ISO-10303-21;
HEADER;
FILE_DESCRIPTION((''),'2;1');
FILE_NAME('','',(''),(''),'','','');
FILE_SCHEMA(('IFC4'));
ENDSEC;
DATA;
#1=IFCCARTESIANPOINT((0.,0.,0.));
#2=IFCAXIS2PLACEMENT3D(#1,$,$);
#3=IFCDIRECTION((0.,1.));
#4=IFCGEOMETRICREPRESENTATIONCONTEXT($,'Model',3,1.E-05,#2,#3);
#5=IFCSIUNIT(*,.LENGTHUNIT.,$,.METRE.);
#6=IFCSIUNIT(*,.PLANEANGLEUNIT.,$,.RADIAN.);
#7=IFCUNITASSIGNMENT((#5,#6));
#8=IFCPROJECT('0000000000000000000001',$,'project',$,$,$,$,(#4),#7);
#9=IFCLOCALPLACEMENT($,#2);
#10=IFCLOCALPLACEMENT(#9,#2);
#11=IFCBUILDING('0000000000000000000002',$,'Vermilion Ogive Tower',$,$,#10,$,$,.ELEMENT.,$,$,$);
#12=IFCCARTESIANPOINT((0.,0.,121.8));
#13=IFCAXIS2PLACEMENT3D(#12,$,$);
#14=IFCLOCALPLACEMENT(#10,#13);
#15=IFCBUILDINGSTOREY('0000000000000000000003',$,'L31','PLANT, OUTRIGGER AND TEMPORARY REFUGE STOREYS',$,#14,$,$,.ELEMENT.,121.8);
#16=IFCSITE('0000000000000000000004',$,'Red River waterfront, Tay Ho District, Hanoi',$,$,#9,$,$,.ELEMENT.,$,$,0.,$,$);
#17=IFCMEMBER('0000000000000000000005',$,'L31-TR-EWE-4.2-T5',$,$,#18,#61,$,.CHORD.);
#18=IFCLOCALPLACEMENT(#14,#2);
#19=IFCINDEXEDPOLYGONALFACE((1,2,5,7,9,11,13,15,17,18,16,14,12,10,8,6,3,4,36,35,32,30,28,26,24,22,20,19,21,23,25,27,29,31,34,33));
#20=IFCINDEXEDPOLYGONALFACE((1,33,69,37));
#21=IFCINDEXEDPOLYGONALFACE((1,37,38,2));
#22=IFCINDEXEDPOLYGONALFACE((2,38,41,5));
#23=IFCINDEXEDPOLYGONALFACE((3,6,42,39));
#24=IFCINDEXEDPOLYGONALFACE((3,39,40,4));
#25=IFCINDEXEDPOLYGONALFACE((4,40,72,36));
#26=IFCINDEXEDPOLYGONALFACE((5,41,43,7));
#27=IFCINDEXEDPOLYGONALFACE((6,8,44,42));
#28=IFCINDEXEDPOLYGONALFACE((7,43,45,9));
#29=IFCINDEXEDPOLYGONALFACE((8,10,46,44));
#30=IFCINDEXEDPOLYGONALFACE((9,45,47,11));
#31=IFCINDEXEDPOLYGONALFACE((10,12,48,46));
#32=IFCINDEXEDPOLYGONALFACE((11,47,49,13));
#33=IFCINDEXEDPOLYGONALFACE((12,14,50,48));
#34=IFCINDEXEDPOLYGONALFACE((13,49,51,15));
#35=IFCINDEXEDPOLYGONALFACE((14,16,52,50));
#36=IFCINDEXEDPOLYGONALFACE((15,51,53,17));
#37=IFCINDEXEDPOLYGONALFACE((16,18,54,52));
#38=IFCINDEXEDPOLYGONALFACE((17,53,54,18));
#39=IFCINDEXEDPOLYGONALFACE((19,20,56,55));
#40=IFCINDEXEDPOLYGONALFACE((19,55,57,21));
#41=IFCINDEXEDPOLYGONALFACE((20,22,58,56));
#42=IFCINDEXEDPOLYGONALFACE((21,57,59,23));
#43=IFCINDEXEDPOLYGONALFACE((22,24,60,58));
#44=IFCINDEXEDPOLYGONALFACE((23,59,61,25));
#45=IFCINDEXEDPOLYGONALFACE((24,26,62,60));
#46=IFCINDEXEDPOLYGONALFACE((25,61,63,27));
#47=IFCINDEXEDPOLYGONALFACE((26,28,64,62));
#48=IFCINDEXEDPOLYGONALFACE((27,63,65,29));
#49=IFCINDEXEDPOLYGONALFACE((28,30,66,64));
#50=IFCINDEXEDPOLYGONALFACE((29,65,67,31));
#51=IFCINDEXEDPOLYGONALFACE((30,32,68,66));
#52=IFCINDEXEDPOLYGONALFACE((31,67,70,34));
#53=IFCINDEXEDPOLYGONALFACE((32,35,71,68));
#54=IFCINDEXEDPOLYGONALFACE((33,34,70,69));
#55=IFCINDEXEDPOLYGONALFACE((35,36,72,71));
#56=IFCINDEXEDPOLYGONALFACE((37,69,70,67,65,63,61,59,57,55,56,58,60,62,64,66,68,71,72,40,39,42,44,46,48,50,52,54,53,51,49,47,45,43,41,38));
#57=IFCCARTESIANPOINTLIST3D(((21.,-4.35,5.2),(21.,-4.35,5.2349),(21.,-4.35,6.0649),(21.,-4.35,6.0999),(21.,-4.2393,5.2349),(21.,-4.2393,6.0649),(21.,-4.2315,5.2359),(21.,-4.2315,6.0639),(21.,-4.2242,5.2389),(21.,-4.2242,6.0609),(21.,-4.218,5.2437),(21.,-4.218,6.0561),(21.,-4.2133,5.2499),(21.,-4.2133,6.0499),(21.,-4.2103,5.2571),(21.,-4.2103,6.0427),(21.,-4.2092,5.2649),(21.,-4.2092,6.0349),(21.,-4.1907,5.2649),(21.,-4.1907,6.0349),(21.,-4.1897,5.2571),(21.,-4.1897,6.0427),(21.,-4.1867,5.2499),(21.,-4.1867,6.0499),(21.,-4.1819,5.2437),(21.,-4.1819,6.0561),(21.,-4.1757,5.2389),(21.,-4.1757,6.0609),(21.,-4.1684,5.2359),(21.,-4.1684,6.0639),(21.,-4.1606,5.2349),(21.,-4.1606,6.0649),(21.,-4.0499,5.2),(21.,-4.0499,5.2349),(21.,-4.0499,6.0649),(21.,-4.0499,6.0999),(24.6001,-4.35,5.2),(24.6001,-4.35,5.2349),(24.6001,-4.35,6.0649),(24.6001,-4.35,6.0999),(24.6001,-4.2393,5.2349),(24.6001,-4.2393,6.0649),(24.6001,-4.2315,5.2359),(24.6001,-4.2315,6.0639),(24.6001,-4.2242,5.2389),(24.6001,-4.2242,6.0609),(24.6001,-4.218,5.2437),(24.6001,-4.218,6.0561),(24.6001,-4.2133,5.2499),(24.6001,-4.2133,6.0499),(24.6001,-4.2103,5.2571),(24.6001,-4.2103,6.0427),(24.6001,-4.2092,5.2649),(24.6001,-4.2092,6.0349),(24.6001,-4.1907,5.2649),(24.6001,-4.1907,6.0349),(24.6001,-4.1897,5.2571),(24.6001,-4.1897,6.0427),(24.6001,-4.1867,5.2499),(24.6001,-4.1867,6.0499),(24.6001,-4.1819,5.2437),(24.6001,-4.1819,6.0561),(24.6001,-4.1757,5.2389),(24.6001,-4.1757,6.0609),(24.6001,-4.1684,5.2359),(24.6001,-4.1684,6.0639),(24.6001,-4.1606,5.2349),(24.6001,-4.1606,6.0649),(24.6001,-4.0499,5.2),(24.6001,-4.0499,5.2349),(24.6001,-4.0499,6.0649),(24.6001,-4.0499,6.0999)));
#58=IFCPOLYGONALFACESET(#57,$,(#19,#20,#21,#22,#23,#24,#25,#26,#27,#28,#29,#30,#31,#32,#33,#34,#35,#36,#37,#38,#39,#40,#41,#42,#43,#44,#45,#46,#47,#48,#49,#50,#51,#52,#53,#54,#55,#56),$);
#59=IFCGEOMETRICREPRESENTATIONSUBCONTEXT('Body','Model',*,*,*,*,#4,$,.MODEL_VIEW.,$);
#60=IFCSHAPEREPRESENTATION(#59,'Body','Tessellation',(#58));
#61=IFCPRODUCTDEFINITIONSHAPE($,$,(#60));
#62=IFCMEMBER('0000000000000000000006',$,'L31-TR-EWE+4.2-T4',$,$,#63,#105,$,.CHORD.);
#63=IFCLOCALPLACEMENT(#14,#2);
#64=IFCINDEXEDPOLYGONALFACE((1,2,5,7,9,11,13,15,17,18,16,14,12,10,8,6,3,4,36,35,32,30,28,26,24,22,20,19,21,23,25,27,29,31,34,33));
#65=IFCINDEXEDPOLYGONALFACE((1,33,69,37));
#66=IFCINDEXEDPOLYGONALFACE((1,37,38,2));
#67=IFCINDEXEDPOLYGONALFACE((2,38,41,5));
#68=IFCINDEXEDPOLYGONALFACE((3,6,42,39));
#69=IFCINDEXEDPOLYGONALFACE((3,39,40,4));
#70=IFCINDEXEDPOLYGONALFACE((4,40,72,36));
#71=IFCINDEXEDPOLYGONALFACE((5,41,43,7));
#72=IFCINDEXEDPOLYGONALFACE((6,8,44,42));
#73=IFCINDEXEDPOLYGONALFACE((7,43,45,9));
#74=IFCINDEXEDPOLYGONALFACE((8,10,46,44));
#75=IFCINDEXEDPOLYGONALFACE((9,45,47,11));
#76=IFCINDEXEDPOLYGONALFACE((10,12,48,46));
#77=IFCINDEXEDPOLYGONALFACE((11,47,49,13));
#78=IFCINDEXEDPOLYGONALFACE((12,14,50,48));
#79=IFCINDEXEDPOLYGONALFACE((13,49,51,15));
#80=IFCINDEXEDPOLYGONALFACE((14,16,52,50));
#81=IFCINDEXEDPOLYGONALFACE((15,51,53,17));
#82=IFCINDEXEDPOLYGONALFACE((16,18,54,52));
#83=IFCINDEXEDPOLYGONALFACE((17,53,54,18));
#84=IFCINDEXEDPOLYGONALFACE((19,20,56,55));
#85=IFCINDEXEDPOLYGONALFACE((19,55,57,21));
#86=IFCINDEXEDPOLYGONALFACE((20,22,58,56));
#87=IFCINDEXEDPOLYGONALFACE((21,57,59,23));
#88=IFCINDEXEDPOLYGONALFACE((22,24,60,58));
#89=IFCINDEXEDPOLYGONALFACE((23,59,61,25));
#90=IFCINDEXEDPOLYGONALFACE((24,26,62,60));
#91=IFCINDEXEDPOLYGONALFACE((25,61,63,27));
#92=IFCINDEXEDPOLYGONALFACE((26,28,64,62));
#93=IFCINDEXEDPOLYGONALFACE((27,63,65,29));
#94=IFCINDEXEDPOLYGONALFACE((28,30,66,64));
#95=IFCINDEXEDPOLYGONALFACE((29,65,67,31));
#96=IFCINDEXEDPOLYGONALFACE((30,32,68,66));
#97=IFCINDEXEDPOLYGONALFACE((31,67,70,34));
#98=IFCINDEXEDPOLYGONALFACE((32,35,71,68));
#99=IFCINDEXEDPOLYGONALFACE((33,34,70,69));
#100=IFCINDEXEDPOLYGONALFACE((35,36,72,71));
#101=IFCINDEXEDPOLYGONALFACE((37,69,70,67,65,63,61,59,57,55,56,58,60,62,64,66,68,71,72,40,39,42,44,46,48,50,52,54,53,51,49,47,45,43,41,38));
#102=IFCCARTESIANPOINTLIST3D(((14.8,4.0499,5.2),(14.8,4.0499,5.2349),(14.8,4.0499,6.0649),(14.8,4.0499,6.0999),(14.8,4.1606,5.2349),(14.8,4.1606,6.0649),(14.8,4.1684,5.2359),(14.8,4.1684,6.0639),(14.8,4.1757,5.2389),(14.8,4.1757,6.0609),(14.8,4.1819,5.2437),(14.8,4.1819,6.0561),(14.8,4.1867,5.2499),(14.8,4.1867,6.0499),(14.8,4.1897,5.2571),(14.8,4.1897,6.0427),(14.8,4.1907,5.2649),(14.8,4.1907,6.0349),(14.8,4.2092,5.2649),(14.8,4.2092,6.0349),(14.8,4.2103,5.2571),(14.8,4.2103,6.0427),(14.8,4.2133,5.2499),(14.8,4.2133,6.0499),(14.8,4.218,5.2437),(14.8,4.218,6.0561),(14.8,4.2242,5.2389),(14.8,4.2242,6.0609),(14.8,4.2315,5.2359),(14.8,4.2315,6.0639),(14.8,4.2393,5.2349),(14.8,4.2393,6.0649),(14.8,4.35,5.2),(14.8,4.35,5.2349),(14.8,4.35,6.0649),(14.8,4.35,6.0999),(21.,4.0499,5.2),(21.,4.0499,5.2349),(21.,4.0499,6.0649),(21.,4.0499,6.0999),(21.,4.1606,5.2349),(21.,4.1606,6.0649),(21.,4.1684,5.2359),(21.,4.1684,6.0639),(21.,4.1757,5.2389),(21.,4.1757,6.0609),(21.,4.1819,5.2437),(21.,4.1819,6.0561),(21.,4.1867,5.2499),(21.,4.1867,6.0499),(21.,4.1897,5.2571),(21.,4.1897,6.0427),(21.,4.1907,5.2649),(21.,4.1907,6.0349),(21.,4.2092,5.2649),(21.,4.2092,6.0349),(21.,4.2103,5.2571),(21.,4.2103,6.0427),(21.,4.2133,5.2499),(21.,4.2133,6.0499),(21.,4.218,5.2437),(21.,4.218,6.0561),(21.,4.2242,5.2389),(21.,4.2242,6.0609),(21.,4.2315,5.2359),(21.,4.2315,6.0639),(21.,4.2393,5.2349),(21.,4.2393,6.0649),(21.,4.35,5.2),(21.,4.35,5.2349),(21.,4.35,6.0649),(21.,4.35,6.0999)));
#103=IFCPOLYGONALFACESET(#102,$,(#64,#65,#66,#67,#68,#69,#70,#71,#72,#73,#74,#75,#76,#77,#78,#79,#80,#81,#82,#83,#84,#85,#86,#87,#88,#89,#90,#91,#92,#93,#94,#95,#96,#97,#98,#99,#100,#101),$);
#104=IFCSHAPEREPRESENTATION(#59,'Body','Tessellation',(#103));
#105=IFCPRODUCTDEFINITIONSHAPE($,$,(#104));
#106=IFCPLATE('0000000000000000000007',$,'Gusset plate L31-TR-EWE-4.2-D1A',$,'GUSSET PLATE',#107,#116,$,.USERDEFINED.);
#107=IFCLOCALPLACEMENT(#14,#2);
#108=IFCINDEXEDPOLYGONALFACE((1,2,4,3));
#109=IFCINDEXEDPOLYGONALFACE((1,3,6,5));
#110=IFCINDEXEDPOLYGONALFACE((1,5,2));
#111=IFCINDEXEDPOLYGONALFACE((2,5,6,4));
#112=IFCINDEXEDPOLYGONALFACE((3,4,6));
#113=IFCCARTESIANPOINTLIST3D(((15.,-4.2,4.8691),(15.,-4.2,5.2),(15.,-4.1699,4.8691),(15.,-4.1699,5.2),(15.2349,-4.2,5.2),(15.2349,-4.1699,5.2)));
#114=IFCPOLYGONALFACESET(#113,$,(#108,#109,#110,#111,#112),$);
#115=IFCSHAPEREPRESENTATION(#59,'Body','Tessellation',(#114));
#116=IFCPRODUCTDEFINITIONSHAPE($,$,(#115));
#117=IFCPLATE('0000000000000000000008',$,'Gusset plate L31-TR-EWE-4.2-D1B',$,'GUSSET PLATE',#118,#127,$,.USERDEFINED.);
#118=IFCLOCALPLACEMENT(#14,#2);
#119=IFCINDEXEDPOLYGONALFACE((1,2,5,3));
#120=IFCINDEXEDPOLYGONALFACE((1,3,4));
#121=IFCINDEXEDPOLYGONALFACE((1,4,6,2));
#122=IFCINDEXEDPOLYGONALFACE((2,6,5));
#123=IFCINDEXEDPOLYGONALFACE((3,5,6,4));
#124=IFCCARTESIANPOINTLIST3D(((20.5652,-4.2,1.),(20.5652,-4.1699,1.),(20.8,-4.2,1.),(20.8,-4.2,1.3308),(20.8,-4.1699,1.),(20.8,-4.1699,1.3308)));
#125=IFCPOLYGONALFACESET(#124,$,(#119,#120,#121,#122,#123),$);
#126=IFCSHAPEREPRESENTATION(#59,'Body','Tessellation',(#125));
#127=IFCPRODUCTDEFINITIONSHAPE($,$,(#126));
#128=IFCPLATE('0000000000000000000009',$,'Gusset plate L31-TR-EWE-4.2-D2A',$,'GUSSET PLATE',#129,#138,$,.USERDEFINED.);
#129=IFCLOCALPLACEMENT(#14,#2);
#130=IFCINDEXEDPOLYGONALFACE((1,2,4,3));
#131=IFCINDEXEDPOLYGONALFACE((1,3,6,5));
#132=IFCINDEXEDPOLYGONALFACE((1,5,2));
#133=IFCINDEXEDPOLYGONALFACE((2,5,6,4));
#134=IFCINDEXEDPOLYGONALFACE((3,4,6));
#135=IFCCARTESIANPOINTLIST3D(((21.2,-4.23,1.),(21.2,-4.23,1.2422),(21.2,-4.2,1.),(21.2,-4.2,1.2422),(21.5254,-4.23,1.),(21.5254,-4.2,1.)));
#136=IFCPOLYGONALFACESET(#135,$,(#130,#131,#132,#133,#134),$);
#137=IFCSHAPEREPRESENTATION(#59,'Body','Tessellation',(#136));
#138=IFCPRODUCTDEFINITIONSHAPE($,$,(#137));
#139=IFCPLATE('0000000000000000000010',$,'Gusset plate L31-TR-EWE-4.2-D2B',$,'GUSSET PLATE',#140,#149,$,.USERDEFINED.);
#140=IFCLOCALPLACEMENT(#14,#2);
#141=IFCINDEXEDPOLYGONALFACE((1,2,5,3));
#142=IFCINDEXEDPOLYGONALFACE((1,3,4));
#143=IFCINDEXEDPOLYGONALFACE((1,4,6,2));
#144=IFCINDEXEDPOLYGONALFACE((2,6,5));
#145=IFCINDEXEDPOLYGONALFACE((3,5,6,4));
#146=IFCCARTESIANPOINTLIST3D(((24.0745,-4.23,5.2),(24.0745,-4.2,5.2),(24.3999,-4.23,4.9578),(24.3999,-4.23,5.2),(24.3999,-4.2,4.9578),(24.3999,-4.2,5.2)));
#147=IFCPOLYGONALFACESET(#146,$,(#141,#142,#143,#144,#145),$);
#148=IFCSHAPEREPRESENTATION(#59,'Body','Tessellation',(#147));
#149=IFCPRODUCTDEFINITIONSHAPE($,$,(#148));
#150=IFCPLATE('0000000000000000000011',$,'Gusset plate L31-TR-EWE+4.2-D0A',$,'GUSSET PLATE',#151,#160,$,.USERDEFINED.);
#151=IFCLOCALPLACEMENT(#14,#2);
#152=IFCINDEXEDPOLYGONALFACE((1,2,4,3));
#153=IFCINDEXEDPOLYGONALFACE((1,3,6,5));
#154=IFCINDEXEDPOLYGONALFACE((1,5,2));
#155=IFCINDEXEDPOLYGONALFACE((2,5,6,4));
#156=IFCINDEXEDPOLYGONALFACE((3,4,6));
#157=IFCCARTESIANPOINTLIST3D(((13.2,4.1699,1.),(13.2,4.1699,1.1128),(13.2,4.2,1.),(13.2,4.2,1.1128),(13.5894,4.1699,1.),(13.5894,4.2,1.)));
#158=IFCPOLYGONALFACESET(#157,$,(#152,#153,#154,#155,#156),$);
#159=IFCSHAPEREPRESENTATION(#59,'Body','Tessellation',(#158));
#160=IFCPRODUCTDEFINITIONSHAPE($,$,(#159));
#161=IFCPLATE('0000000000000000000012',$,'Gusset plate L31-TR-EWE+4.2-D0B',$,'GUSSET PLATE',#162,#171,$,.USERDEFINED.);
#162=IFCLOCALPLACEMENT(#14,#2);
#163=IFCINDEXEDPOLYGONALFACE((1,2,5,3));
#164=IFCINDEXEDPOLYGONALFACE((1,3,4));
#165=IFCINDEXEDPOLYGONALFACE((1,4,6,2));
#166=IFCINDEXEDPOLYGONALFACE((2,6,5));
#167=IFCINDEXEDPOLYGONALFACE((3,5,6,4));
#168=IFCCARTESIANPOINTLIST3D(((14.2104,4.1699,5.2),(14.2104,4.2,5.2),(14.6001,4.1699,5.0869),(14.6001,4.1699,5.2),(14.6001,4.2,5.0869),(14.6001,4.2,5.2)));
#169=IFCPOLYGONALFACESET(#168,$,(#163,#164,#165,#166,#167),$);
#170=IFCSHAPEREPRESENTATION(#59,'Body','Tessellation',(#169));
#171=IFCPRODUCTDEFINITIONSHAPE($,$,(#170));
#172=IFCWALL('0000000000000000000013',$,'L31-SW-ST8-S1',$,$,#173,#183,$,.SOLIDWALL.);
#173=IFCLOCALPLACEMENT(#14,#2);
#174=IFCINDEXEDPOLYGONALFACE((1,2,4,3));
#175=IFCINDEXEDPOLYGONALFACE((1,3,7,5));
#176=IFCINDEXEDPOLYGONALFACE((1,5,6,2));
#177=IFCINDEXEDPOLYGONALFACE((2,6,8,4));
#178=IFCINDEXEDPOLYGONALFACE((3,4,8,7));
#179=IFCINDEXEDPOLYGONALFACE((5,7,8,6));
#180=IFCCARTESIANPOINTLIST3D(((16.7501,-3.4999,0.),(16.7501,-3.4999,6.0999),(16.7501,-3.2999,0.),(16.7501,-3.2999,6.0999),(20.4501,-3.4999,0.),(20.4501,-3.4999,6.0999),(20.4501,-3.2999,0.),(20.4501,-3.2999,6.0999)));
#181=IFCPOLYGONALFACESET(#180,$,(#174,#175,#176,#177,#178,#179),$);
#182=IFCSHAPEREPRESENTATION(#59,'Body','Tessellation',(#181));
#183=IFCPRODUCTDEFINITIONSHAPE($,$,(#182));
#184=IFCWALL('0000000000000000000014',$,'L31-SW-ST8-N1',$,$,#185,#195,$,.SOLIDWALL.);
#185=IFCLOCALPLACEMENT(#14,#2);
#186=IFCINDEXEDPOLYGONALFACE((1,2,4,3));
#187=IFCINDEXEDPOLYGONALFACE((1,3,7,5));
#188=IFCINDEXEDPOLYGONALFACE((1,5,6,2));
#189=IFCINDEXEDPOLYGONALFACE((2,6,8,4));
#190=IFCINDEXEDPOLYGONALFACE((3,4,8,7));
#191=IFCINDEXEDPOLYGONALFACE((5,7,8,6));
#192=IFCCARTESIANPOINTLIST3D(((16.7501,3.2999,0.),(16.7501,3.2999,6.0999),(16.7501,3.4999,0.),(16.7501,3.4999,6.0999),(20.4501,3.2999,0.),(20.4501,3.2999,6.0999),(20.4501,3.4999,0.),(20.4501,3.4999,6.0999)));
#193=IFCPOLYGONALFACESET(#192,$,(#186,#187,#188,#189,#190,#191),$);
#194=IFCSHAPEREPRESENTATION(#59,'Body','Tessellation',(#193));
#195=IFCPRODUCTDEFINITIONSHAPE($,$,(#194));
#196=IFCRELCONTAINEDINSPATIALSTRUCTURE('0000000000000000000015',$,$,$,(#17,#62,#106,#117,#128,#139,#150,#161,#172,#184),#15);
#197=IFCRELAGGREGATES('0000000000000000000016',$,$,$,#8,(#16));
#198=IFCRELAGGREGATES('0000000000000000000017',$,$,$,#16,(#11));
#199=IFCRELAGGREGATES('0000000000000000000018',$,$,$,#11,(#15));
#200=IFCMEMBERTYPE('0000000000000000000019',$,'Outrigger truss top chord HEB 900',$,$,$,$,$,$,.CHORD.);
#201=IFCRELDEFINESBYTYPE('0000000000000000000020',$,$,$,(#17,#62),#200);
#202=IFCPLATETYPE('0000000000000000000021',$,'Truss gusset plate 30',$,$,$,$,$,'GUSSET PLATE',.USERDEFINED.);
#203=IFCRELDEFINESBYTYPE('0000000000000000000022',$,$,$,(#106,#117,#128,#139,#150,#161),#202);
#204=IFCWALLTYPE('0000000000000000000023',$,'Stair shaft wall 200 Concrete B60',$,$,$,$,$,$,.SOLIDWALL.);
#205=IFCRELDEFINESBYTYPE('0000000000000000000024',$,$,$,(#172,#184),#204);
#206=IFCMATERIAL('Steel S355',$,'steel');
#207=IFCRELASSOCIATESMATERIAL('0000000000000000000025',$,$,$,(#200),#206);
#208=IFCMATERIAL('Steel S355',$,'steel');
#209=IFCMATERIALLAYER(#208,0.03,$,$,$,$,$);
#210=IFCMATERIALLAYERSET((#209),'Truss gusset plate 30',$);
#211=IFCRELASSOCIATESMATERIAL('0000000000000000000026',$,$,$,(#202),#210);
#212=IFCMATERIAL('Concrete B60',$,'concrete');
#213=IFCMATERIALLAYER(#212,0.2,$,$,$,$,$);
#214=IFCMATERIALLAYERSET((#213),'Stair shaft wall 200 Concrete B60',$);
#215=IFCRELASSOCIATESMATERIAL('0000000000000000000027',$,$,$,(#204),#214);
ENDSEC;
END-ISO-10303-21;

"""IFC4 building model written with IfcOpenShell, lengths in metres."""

from ifc_helpers import new_model, si_unit, direction, frame, frame_2d, origin, origin_2d, place, context, subcontext, project, spatial, polyline, rectangle, i_section, outline, extrude, material, layer, layer_set, material_profile, profile_set, type_object, element, save


model = new_model("IFC4")

# Units and contexts
model_context = context("Model", 3, precision=1e-05, world=origin(), true_north=direction((0.0, 1.0)))
body_context = subcontext(model_context, "Body", "Model", "MODEL_VIEW")
ifc_project = project(units=[si_unit("LENGTHUNIT", "METRE"), si_unit("PLANEANGLEUNIT", "RADIAN")], contexts=[model_context])

# Site, building, storey
site_placement = place(None, origin())
site = spatial("IfcSite", under=ifc_project, at=site_placement, Name="Red River waterfront, Tay Ho District, Hanoi", CompositionType="ELEMENT", RefElevation=0.0)
building_placement = place(site_placement, origin())
building = spatial("IfcBuilding", under=site, at=building_placement, Name="Vermilion Ogive Tower", CompositionType="ELEMENT")
storey_placement = place(building_placement, frame((0.0, 0.0, 121.8)))
storey = spatial("IfcBuildingStorey", under=building, at=storey_placement, Name="L31", Description="PLANT, OUTRIGGER AND TEMPORARY REFUGE STOREYS", CompositionType="ELEMENT", Elevation=121.8)

# Members
ifc_material_1 = material(Name="Steel S355", Category="steel")
ifc_material_profile_1 = material_profile(ifc_material_1, i_section(OverallWidth=0.3, OverallDepth=0.8999, WebThickness=0.0186, FlangeThickness=0.0349, FilletRadius=0.03, at=origin_2d()), Name="HEB 900")
ifc_profile_set_1 = profile_set([ifc_material_profile_1], Name="Steel S355")
member_type_1 = type_object("IfcMemberType", Name="Outrigger truss top chord HEB 900", PredefinedType="CHORD", material=ifc_profile_set_1)
member_1_placement = place(storey_placement, frame((21.0, -4.2, 5.6499), z_axis=(1.0, 0.0, 0.0), x_axis=(0.0, 1.0, 0.0)))
element("IfcMember", 1, at=member_1_placement, inside=storey, type_object=member_type_1, Name="L31-TR-EWE-4.2-T5", PredefinedType="CHORD", context=body_context, shape_type="SweptSolid", body=[
    extrude(i_section(OverallWidth=0.3, OverallDepth=0.8999, WebThickness=0.0186, FlangeThickness=0.0349, FilletRadius=0.03, at=origin_2d()), origin(), (0.0, 0.0, 1.0), 3.6001),
])
member_2_placement = place(storey_placement, frame((14.8, 4.2, 5.6499), z_axis=(1.0, 0.0, 0.0), x_axis=(0.0, 1.0, 0.0)))
element("IfcMember", 2, at=member_2_placement, inside=storey, type_object=member_type_1, Name="L31-TR-EWE+4.2-T4", PredefinedType="CHORD", context=body_context, shape_type="SweptSolid", body=[
    extrude(i_section(OverallWidth=0.3, OverallDepth=0.8999, WebThickness=0.0186, FlangeThickness=0.0349, FilletRadius=0.03, at=origin_2d()), origin(), (0.0, 0.0, 1.0), 6.2),
])

# Plates
ifc_material_2 = material(Name="Steel S355", Category="steel")
ifc_layer_1 = layer(ifc_material_2, 0.03)
ifc_layer_set_1 = layer_set([ifc_layer_1], Name="Truss gusset plate 30")
plate_type = type_object("IfcPlateType", Name="Truss gusset plate 30", ElementType="GUSSET PLATE", PredefinedType="USERDEFINED", material=ifc_layer_set_1)
for number, where, z_axis, x_axis, name in (
    (3, (15.0, -4.2, 4.8691), (0.0, -1.0, 0.0), (0.578902, 0.0, 0.815397), "Gusset plate L31-TR-EWE-4.2-D1A"),
    (4, (20.8, -4.2, 1.3308), (0.0, -1.0, 0.0), (-0.578902, 0.0, -0.815397), "Gusset plate L31-TR-EWE-4.2-D1B"),
):
    element("IfcPlate", number, at=place(storey_placement, frame(where, z_axis=z_axis, x_axis=x_axis)), inside=storey, type_object=plate_type, Name=name, ObjectType="GUSSET PLATE", PredefinedType="USERDEFINED", context=body_context, shape_type="SweptSolid", body=[
        extrude(outline(polyline([(0.0, 0.0), (0.4057, 0.0), (0.2697, 0.1915), (0.0, 0.0)])), origin(), (0.0, 0.0, -1.0), 0.03),
    ])
for number, where, z_axis, x_axis, name in (
    (5, (21.2, -4.2, 1.2422), (0.0, 1.0, 0.0), (0.802233, 0.0, -0.597011), "Gusset plate L31-TR-EWE-4.2-D2A"),
    (6, (24.3999, -4.2, 4.9578), (0.0, 1.0, 0.0), (-0.802233, 0.0, 0.597011), "Gusset plate L31-TR-EWE-4.2-D2B"),
):
    element("IfcPlate", number, at=place(storey_placement, frame(where, z_axis=z_axis, x_axis=x_axis)), inside=storey, type_object=plate_type, Name=name, ObjectType="GUSSET PLATE", PredefinedType="USERDEFINED", context=body_context, shape_type="SweptSolid", body=[
        extrude(outline(polyline([(0.0, 0.0), (0.4057, 0.0), (0.1446, 0.1943), (0.0, 0.0)])), origin(), (0.0, 0.0, -1.0), 0.03),
    ])
plate_1_placement = place(storey_placement, frame((13.2, 4.2, 1.1128), z_axis=(0.0, 1.0, 0.0), x_axis=(0.960518, 0.0, -0.278219)))
element("IfcPlate", 7, at=plate_1_placement, inside=storey, type_object=plate_type, Name="Gusset plate L31-TR-EWE+4.2-D0A", ObjectType="GUSSET PLATE", PredefinedType="USERDEFINED", context=body_context, shape_type="SweptSolid", body=[
    extrude(outline(polyline([(0.0, 0.0), (0.4054, 0.0), (0.0314, 0.1083), (0.0, 0.0)])), origin(), (0.0, 0.0, -1.0), 0.03),
])
plate_2_placement = place(storey_placement, frame((14.6001, 4.2, 5.0869), z_axis=(0.0, 1.0, 0.0), x_axis=(-0.960403, 0.0, 0.278613)))
element("IfcPlate", 8, at=plate_2_placement, inside=storey, type_object=plate_type, Name="Gusset plate L31-TR-EWE+4.2-D0B", ObjectType="GUSSET PLATE", PredefinedType="USERDEFINED", context=body_context, shape_type="SweptSolid", body=[
    extrude(outline(polyline([(0.0, 0.0), (0.4057, 0.0), (0.0315, 0.1086), (0.0, 0.0)])), origin(), (0.0, 0.0, -1.0), 0.03),
])

# Walls
ifc_material_3 = material(Name="Concrete B60", Category="concrete")
ifc_layer_2 = layer(ifc_material_3, 0.2)
ifc_layer_set_2 = layer_set([ifc_layer_2], Name="Stair shaft wall 200 Concrete B60")
wall_type = type_object("IfcWallType", Name="Stair shaft wall 200 Concrete B60", PredefinedType="SOLIDWALL", material=ifc_layer_set_2)
for number, where, z_axis, x_axis, name in (
    (9, (16.75, -3.3999, 0.0), (0.0, 0.0, 1.0), (1.0, 0.0, 0.0), "L31-SW-ST8-S1"),
    (10, (16.75, 3.3999, 0.0), (0.0, 0.0, 1.0), (1.0, 0.0, 0.0), "L31-SW-ST8-N1"),
):
    element("IfcWall", number, at=place(storey_placement, frame(where, z_axis=z_axis, x_axis=x_axis)), inside=storey, type_object=wall_type, Name=name, PredefinedType="SOLIDWALL", context=body_context, shape_type="SweptSolid", body=[
        extrude(rectangle(XDim=3.7, YDim=0.2, at=frame_2d((1.8501, 0.0))), origin(), (0.0, 0.0, 1.0), 6.0999),
    ])

save(model, "model.ifc")
